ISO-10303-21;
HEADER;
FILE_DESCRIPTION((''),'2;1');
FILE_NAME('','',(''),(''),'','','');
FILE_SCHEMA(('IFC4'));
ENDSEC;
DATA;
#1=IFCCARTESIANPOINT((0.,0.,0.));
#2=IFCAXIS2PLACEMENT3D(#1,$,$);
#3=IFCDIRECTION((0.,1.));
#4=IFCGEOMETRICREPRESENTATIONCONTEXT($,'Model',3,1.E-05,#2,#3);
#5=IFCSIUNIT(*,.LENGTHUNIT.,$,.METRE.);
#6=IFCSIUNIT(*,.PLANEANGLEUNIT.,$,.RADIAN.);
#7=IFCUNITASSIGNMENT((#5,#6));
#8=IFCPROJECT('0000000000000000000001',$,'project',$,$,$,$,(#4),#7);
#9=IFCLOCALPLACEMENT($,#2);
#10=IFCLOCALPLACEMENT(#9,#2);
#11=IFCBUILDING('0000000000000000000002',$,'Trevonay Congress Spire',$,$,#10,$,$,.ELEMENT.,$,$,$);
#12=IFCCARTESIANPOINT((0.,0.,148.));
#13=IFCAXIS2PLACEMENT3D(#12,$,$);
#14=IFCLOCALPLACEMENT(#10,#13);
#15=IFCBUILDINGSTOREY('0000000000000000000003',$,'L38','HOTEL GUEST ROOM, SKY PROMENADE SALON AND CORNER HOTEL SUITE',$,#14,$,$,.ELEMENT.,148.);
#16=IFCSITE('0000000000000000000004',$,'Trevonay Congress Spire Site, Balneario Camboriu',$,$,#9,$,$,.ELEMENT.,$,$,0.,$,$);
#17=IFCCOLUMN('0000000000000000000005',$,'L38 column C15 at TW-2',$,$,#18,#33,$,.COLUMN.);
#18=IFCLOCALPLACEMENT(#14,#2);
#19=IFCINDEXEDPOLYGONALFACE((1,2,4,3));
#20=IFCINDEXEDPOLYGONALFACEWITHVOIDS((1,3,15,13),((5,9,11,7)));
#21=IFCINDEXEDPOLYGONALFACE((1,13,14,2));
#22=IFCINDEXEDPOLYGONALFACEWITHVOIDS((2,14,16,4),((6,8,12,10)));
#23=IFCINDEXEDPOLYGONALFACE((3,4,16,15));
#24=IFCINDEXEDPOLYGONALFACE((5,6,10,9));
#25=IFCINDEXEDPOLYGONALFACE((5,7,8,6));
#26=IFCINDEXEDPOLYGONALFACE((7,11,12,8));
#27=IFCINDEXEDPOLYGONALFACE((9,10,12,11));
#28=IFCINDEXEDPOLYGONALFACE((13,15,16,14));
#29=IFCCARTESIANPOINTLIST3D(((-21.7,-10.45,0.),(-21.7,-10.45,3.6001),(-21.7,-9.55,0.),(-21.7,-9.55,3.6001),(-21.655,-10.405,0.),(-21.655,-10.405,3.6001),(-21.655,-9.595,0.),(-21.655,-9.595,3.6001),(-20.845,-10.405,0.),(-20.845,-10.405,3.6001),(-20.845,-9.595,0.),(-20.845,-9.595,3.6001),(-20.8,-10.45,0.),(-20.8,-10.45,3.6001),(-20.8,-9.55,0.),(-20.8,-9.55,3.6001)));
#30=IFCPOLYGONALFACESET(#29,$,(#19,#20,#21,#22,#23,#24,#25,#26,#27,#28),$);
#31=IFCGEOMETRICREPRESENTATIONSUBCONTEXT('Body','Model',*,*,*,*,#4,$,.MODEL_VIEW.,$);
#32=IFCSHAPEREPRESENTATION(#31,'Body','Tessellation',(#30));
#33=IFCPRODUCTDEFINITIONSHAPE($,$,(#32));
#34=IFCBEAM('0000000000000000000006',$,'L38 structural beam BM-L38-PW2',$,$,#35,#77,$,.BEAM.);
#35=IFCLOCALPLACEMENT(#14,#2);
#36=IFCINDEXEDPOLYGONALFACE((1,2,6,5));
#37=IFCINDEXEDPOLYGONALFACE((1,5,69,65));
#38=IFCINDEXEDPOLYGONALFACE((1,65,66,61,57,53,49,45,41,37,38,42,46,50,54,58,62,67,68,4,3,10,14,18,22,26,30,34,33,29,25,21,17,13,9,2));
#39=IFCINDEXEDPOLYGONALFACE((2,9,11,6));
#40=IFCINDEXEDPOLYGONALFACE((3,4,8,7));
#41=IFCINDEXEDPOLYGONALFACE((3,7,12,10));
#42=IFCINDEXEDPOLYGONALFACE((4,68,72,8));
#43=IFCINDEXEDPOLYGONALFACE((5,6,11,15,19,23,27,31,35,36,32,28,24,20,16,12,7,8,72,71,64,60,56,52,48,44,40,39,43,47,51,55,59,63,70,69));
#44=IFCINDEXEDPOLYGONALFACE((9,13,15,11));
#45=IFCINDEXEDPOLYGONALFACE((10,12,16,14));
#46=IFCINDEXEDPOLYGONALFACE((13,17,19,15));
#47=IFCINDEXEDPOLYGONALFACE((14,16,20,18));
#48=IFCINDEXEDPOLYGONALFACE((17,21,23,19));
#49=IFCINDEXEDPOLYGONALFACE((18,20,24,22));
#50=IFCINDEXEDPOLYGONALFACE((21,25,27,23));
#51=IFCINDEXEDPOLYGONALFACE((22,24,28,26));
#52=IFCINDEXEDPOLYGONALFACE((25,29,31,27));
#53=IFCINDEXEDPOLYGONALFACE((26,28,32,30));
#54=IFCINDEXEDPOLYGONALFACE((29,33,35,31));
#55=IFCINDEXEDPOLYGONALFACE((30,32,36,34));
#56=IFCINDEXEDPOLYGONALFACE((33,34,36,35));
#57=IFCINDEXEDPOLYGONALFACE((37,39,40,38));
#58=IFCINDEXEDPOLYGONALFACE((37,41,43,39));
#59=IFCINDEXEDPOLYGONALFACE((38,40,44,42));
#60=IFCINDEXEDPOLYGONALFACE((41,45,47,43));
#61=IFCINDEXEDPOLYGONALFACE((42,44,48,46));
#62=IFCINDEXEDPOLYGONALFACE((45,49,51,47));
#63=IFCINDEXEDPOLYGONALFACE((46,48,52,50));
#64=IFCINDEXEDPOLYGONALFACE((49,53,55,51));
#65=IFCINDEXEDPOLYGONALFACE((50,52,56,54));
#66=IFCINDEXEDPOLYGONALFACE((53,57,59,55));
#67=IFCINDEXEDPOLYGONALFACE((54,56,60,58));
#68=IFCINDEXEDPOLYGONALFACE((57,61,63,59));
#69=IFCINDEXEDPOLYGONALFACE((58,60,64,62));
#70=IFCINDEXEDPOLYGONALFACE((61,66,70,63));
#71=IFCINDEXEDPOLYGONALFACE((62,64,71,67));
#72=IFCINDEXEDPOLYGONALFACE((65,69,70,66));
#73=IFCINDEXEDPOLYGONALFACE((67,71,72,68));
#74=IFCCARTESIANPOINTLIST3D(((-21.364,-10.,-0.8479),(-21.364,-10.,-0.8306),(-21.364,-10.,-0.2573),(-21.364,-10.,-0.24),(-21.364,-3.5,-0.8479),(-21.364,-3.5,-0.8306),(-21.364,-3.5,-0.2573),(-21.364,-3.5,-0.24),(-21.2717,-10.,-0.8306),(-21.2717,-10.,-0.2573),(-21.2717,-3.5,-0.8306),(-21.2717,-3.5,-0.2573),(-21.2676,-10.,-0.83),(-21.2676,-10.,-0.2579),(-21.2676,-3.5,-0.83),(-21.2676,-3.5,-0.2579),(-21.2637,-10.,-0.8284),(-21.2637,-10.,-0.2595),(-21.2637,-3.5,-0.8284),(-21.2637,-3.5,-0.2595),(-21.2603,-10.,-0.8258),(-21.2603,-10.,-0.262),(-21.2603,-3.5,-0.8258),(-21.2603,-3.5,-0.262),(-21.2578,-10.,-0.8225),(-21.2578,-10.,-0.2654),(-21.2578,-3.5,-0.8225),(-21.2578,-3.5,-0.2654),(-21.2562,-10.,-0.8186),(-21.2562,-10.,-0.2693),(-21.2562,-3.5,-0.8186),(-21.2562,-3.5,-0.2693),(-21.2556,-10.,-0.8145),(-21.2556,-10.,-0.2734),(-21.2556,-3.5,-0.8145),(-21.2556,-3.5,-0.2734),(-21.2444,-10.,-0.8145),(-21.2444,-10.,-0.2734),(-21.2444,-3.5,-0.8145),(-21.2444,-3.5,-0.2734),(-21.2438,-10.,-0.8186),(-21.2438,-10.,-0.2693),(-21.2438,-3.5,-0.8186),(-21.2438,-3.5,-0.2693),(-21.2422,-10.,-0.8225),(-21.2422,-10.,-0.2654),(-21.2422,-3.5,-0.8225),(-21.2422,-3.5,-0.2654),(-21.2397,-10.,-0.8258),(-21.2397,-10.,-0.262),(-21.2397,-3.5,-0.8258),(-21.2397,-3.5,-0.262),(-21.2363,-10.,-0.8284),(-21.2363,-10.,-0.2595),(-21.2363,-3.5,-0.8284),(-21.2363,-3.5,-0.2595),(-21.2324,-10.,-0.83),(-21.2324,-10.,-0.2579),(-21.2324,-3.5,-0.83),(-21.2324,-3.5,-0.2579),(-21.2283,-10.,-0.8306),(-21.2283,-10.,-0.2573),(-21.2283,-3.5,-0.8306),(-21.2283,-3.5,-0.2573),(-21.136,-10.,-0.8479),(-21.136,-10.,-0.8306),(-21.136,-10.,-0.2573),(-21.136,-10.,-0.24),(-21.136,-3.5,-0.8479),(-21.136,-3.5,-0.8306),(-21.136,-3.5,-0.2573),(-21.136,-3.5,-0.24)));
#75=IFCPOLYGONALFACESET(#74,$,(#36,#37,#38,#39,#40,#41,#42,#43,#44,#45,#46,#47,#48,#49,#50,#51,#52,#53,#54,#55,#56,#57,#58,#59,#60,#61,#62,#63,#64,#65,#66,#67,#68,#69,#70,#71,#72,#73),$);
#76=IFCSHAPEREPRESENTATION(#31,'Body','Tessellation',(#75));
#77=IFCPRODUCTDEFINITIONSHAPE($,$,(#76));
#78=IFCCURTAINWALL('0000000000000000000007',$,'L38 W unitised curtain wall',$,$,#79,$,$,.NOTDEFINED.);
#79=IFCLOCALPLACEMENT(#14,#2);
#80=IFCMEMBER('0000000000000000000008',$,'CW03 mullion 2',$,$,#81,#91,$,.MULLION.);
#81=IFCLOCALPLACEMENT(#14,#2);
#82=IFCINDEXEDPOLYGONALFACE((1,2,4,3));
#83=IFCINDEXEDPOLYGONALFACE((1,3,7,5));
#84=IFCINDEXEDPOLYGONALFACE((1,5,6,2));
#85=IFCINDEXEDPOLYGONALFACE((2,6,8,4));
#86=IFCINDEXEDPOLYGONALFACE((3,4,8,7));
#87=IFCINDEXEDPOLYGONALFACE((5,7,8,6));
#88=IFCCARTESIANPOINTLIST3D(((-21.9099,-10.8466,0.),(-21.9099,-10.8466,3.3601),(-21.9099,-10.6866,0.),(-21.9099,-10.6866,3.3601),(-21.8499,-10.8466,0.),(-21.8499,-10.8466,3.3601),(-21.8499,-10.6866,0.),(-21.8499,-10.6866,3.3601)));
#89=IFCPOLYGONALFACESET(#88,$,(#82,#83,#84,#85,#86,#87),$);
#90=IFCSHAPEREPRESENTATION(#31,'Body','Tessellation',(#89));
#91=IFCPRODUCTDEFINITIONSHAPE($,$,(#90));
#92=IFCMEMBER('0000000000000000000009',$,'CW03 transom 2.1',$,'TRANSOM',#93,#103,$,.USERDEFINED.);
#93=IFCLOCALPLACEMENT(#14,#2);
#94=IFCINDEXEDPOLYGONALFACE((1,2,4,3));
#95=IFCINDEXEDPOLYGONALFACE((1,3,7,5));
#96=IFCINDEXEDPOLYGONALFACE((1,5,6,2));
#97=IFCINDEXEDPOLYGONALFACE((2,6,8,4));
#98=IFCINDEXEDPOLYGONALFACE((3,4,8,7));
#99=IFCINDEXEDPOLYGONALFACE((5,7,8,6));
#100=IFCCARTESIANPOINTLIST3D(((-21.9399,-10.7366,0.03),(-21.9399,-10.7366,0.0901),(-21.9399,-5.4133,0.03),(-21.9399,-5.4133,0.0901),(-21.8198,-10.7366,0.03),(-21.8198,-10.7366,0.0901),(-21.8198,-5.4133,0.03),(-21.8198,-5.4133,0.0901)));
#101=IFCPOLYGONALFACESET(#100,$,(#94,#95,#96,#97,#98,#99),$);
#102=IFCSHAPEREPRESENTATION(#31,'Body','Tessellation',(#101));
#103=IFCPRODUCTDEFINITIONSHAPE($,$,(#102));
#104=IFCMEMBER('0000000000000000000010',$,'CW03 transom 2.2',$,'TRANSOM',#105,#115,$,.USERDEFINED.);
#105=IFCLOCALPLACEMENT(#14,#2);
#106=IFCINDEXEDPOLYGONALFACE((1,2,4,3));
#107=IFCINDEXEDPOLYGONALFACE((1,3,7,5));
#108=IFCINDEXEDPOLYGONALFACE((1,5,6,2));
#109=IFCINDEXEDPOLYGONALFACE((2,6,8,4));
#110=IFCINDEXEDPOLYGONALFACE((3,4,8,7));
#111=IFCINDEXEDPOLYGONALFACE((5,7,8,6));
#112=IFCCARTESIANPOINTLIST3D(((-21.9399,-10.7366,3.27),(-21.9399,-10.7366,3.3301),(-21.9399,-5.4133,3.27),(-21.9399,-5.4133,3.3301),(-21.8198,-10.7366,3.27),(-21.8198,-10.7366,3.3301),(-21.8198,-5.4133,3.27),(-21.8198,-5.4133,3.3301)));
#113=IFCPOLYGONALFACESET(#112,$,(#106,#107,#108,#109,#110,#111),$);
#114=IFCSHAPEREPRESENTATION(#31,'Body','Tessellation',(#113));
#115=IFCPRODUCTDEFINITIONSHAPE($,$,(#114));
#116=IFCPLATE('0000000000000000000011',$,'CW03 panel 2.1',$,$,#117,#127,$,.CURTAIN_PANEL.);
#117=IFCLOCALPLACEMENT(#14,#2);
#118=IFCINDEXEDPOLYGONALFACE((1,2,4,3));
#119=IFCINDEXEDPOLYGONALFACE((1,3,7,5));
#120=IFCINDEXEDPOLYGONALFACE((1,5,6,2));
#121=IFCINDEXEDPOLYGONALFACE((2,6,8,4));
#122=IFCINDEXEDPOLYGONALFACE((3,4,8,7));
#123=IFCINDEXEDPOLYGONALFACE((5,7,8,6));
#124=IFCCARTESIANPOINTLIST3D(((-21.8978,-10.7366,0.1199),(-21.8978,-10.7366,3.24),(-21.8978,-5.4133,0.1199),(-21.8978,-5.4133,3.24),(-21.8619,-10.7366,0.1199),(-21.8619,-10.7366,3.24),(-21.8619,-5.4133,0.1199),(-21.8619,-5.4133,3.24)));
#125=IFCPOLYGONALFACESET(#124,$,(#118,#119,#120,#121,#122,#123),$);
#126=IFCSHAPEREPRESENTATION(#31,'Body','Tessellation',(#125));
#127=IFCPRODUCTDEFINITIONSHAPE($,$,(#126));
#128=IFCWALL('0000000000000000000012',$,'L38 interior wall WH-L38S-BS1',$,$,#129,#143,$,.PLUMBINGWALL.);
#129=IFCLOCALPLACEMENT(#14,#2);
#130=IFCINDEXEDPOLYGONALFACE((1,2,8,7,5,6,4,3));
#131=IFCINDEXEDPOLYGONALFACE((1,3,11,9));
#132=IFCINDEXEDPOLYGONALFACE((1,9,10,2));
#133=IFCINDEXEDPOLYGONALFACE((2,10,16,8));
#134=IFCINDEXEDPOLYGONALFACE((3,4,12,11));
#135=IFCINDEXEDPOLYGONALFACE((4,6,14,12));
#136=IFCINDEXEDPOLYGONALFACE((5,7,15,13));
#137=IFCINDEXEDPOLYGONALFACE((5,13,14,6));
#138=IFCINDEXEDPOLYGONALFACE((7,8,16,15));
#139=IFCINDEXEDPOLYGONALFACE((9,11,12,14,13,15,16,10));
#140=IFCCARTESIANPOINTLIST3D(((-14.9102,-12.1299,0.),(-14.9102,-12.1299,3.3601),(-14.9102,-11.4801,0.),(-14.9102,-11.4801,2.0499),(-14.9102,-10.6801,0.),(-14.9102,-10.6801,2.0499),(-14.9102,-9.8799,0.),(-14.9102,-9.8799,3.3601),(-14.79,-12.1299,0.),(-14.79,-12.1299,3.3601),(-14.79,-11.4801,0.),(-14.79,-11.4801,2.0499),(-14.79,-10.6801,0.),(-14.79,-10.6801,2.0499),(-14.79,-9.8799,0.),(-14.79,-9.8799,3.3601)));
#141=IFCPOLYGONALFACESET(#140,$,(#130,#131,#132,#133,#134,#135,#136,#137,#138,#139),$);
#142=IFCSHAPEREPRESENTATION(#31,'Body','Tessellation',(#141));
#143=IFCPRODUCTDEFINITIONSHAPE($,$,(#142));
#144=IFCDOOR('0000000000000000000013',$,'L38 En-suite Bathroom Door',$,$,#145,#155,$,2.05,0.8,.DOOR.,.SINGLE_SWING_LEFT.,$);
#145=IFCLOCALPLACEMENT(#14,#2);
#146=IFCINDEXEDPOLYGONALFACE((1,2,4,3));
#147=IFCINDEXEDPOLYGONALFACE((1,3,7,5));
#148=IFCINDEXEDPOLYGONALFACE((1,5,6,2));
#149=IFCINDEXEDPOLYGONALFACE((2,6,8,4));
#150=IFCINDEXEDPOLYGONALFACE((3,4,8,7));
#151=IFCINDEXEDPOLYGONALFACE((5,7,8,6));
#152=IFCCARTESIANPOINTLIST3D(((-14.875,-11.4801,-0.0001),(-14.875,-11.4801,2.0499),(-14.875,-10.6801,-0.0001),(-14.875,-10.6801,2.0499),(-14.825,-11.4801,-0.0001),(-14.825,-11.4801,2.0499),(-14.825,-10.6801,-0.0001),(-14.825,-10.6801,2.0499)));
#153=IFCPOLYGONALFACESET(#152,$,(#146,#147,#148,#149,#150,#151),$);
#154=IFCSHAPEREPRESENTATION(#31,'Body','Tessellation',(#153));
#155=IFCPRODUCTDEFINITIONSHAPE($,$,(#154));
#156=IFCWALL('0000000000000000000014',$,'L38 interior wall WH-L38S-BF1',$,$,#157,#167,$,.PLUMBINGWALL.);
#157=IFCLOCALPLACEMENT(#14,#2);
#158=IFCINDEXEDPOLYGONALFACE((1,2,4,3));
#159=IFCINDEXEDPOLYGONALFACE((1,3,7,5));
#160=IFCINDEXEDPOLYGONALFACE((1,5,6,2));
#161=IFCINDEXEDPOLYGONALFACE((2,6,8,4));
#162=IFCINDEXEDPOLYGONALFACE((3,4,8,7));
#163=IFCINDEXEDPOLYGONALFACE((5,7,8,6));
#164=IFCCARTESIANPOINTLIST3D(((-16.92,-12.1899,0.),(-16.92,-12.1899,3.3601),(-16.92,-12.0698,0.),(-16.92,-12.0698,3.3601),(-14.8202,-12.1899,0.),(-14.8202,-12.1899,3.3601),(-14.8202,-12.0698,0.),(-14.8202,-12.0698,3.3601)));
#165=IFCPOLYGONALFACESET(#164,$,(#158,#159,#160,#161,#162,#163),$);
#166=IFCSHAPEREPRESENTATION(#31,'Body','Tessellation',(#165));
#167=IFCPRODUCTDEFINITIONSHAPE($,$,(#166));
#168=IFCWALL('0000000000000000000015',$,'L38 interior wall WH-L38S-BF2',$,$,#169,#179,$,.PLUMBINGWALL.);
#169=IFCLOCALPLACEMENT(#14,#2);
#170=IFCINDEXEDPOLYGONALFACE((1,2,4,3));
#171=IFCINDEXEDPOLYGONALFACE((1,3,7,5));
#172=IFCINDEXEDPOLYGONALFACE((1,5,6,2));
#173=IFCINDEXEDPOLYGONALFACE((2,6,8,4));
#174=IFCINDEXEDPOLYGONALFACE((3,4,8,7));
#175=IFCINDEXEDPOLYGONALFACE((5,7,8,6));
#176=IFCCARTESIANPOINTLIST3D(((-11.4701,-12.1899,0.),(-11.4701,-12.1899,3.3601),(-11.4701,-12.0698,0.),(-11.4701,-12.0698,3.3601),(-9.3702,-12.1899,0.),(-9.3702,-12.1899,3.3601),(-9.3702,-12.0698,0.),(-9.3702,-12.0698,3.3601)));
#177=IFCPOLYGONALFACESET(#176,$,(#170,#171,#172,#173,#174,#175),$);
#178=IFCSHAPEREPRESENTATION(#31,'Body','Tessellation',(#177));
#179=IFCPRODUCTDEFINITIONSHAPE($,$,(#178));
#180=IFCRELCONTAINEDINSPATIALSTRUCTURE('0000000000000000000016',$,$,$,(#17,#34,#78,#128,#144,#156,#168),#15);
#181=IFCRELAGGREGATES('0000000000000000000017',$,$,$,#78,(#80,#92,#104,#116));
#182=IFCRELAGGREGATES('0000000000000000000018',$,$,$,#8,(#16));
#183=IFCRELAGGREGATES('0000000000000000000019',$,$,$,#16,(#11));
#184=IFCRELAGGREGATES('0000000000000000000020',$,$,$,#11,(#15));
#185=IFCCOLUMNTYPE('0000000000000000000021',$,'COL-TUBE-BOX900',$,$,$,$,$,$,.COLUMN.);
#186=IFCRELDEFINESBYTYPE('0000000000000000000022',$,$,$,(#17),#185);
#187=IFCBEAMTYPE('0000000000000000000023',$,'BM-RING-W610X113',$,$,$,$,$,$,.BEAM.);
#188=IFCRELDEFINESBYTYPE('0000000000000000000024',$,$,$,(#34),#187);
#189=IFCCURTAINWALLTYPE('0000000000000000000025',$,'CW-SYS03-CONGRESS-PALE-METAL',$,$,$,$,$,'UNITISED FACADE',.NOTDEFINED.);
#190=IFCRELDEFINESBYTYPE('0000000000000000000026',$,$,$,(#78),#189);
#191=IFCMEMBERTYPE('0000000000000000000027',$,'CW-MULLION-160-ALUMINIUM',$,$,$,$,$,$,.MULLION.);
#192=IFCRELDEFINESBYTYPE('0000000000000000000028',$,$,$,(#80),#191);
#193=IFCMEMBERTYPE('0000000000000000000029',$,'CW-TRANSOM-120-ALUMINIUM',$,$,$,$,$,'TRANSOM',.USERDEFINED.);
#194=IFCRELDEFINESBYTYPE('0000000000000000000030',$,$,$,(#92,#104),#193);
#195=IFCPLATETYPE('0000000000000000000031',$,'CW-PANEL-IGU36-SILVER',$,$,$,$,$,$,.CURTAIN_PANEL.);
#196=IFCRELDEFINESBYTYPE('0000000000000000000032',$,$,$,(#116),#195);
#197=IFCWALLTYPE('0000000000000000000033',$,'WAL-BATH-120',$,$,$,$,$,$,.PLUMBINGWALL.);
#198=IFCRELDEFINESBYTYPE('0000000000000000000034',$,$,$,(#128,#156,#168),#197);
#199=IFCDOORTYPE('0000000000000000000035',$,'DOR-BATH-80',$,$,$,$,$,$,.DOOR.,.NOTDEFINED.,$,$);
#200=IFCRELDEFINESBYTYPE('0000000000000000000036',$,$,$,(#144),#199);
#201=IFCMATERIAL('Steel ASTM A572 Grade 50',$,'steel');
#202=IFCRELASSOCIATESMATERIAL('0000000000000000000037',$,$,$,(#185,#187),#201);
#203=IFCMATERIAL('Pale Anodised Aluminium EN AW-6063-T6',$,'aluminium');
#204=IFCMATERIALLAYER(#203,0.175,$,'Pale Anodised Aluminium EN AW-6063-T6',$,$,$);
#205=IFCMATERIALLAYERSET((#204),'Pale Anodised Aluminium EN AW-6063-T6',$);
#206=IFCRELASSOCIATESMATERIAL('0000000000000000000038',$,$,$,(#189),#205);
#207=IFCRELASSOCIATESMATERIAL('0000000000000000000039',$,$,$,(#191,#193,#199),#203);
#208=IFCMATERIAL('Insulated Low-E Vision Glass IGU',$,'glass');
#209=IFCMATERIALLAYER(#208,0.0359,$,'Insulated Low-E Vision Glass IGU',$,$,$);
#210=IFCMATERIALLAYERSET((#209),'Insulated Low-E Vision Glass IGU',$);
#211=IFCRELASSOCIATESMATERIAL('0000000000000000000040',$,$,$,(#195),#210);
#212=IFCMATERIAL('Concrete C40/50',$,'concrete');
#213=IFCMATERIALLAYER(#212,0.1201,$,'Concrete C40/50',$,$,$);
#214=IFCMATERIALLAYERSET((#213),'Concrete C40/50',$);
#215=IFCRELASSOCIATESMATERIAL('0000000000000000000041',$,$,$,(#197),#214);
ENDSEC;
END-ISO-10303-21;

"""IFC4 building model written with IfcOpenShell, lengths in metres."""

from ifc_helpers import new_model, si_unit, direction, frame, frame_2d, origin, origin_2d, place, context, subcontext, project, spatial, rectangle, hollow_rectangle, i_section, extrude, material, layer, layer_set, material_profile, profile_set, type_object, element, fill, aggregate, save


model = new_model("IFC4")

# Units and contexts
model_context = context("Model", 3, precision=1e-05, world=origin(), true_north=direction((0.0, 1.0)))
body_context = subcontext(model_context, "Body", "Model", "MODEL_VIEW")
ifc_project = project(units=[si_unit("LENGTHUNIT", "METRE"), si_unit("PLANEANGLEUNIT", "RADIAN")], contexts=[model_context])

# Site, building, storey
site_placement = place(None, origin())
site = spatial("IfcSite", under=ifc_project, at=site_placement, Name="Trevonay Congress Spire Site, Balneario Camboriu", CompositionType="ELEMENT", RefElevation=0.0)
building_placement = place(site_placement, origin())
building = spatial("IfcBuilding", under=site, at=building_placement, Name="Trevonay Congress Spire", CompositionType="ELEMENT")
storey_placement = place(building_placement, frame((0.0, 0.0, 148.0)))
storey = spatial("IfcBuildingStorey", under=building, at=storey_placement, Name="L38", Description="HOTEL GUEST ROOM, SKY PROMENADE SALON AND CORNER HOTEL SUITE", CompositionType="ELEMENT", Elevation=148.0)

# Column
ifc_material_1 = material(Name="Steel ASTM A572 Grade 50", Category="steel")
ifc_material_profile_1 = material_profile(ifc_material_1, hollow_rectangle(XDim=0.8999, YDim=0.8999, WallThickness=0.0449, at=origin_2d()), Name="BOX 900x900x45")
ifc_profile_set_1 = profile_set([ifc_material_profile_1], Name="Steel ASTM A572 Grade 50")
column_type = type_object("IfcColumnType", Name="COL-TUBE-BOX900", PredefinedType="COLUMN", material=ifc_profile_set_1)
column_placement = place(storey_placement, frame((-21.25, -10.0, 0.0), z_axis=(0.0, 0.0, 1.0), x_axis=(1.0, 0.0, 0.0)))
element("IfcColumn", 1, at=column_placement, inside=storey, type_object=column_type, Name="L38 column C15 at TW-2", PredefinedType="COLUMN", context=body_context, shape_type="SweptSolid", body=[
    extrude(hollow_rectangle(XDim=0.8999, YDim=0.8999, WallThickness=0.0449, at=origin_2d()), origin(), (0.0, 0.0, 1.0), 3.6001),
])

# Beam
ifc_material_profile_2 = material_profile(ifc_material_1, i_section(OverallWidth=0.228, OverallDepth=0.6079, WebThickness=0.0112, FlangeThickness=0.0173, FilletRadius=0.0161, at=origin_2d()), Name="W610x113")
ifc_profile_set_2 = profile_set([ifc_material_profile_2], Name="Steel ASTM A572 Grade 50")
beam_type = type_object("IfcBeamType", Name="BM-RING-W610X113", PredefinedType="BEAM", material=ifc_profile_set_2)
beam_placement = place(storey_placement, frame((-21.25, -10.0, -0.5439), z_axis=(0.0, 1.0, 0.0), x_axis=(-1.0, 0.0, 0.0)))
element("IfcBeam", 2, at=beam_placement, inside=storey, type_object=beam_type, Name="L38 structural beam BM-L38-PW2", PredefinedType="BEAM", context=body_context, shape_type="SweptSolid", body=[
    extrude(i_section(OverallWidth=0.228, OverallDepth=0.6079, WebThickness=0.0112, FlangeThickness=0.0173, FilletRadius=0.0161, at=origin_2d()), origin(), (0.0, 0.0, 1.0), 6.5),
])

# Curtain wall, members, plate
ifc_material_2 = material(Name="Pale Anodised Aluminium EN AW-6063-T6", Category="aluminium")
ifc_layer_1 = layer(ifc_material_2, 0.175, Name="Pale Anodised Aluminium EN AW-6063-T6")
ifc_layer_set_1 = layer_set([ifc_layer_1], Name="Pale Anodised Aluminium EN AW-6063-T6")
curtain_wall_type = type_object("IfcCurtainWallType", Name="CW-SYS03-CONGRESS-PALE-METAL", ElementType="UNITISED FACADE", PredefinedType="NOTDEFINED", material=ifc_layer_set_1)
curtain_wall_placement = place(storey_placement, origin())
curtain_wall = element("IfcCurtainWall", 3, at=curtain_wall_placement, inside=storey, type_object=curtain_wall_type, Name="L38 W unitised curtain wall", PredefinedType="NOTDEFINED")
ifc_material_profile_3 = material_profile(ifc_material_2, rectangle(XDim=0.0601, YDim=0.1599, at=origin_2d()), Name="CW-MULLION-160-ALUMINIUM")
ifc_profile_set_3 = profile_set([ifc_material_profile_3], Name="Pale Anodised Aluminium EN AW-6063-T6")
member_type_1 = type_object("IfcMemberType", Name="CW-MULLION-160-ALUMINIUM", PredefinedType="MULLION", material=ifc_profile_set_3)
member_1_placement = place(storey_placement, frame((-21.8799, -10.7666, 0.0), z_axis=(0.0, 0.0, 1.0), x_axis=(-1.0, 0.0, 0.0)))
member_1 = element("IfcMember", 4, at=member_1_placement, type_object=member_type_1, Name="CW03 mullion 2", PredefinedType="MULLION", context=body_context, shape_type="SweptSolid", body=[
    extrude(rectangle(XDim=0.0601, YDim=0.1599, at=origin_2d()), origin(), (0.0, 0.0, 1.0), 3.3601),
])
ifc_material_profile_4 = material_profile(ifc_material_2, rectangle(XDim=0.1201, YDim=0.0601, at=origin_2d()), Name="CW-TRANSOM-120-ALUMINIUM")
ifc_profile_set_4 = profile_set([ifc_material_profile_4], Name="Pale Anodised Aluminium EN AW-6063-T6")
member_type_2 = type_object("IfcMemberType", Name="CW-TRANSOM-120-ALUMINIUM", ElementType="TRANSOM", PredefinedType="USERDEFINED", material=ifc_profile_set_4)
member_2_placement = place(storey_placement, frame((-21.8799, -10.7366, 0.0601), z_axis=(0.0, 1.0, 0.0), x_axis=(-1.0, 0.0, 0.0)))
member_2 = element("IfcMember", 5, at=member_2_placement, type_object=member_type_2, Name="CW03 transom 2.1", ObjectType="TRANSOM", PredefinedType="USERDEFINED", context=body_context, shape_type="SweptSolid", body=[
    extrude(rectangle(XDim=0.1201, YDim=0.0601, at=origin_2d()), origin(), (0.0, 0.0, 1.0), 5.3232),
])
member_3_placement = place(storey_placement, frame((-21.8799, -10.7366, 3.3), z_axis=(0.0, 1.0, 0.0), x_axis=(-1.0, 0.0, 0.0)))
member_3 = element("IfcMember", 6, at=member_3_placement, type_object=member_type_2, Name="CW03 transom 2.2", ObjectType="TRANSOM", PredefinedType="USERDEFINED", context=body_context, shape_type="SweptSolid", body=[
    extrude(rectangle(XDim=0.1201, YDim=0.0601, at=origin_2d()), origin(), (0.0, 0.0, 1.0), 5.3232),
])
ifc_material_3 = material(Name="Insulated Low-E Vision Glass IGU", Category="glass")
ifc_layer_2 = layer(ifc_material_3, 0.0359, Name="Insulated Low-E Vision Glass IGU")
ifc_layer_set_2 = layer_set([ifc_layer_2], Name="Insulated Low-E Vision Glass IGU")
plate_type = type_object("IfcPlateType", Name="CW-PANEL-IGU36-SILVER", PredefinedType="CURTAIN_PANEL", material=ifc_layer_set_2)
plate_placement = place(storey_placement, frame((-21.8799, -8.075, 0.1199), z_axis=(0.0, 0.0, 1.0), x_axis=(0.0, 1.0, 0.0)))
plate = element("IfcPlate", 7, at=plate_placement, type_object=plate_type, Name="CW03 panel 2.1", PredefinedType="CURTAIN_PANEL", context=body_context, shape_type="SweptSolid", body=[
    extrude(rectangle(XDim=5.3232, YDim=0.0359, at=origin_2d()), origin(), (0.0, 0.0, 1.0), 3.1201),
])
aggregate(curtain_wall, [member_1, member_2, member_3, plate])

# Wall, opening, door
ifc_material_4 = material(Name="Concrete C40/50", Category="concrete")
ifc_layer_3 = layer(ifc_material_4, 0.1201, Name="Concrete C40/50")
ifc_layer_set_3 = layer_set([ifc_layer_3], Name="Concrete C40/50")
wall_type_1 = type_object("IfcWallType", Name="WAL-BATH-120", PredefinedType="PLUMBINGWALL", material=ifc_layer_set_3)
wall_1_placement = place(storey_placement, frame((-14.8501, -12.1299, 0.0), z_axis=(0.0, 0.0, 1.0), x_axis=(0.0, 1.0, 0.0)))
wall_1 = element("IfcWall", 8, at=wall_1_placement, inside=storey, type_object=wall_type_1, Name="L38 interior wall WH-L38S-BS1", PredefinedType="PLUMBINGWALL", context=body_context, shape_type="SweptSolid", body=[
    extrude(rectangle(XDim=2.25, YDim=0.1201, at=frame_2d((1.125, 0.0))), origin(), (0.0, 0.0, 1.0), 3.3601),
])
opening_1_placement = place(wall_1_placement, frame((0.6499, 0.0, 0.0)))
opening_1 = element("IfcOpeningElement", 9, at=opening_1_placement, cuts=wall_1, PredefinedType="OPENING", context=body_context, shape_type="SweptSolid", body=[
    extrude(rectangle(XDim=0.8, YDim=2.05, at=frame_2d((0.3999, 1.0249))), frame((0.0, 0.0701, 0.0), z_axis=(0.0, -1.0, 0.0), x_axis=(1.0, 0.0, 0.0)), (0.0, 0.0, 1.0), 0.1401),
])
door_type_1 = type_object("IfcDoorType", Name="DOR-BATH-80", OperationType="NOTDEFINED", PredefinedType="DOOR", material=ifc_material_2)
door_1_placement = place(opening_1_placement, origin())
door_1 = element("IfcDoor", 10, at=door_1_placement, inside=storey, type_object=door_type_1, Name="L38 En-suite Bathroom Door", OperationType="SINGLE_SWING_LEFT", OverallHeight=2.05, OverallWidth=0.8, PredefinedType="DOOR", context=body_context, shape_type="SweptSolid", body=[
    extrude(rectangle(XDim=0.8, YDim=2.05, at=frame_2d((0.3999, 1.0249))), frame((0.0, 0.0249, 0.0), z_axis=(0.0, -1.0, 0.0), x_axis=(1.0, 0.0, 0.0)), (0.0, 0.0, 1.0), 0.05),
])
fill(opening_1, door_1)

# Walls
for number, where, z_axis, x_axis, name in (
    (11, (-16.9199, -12.1299, 0.0), (0.0, 0.0, 1.0), (1.0, 0.0, 0.0), "L38 interior wall WH-L38S-BF1"),
    (12, (-11.47, -12.1299, 0.0), (0.0, 0.0, 1.0), (1.0, 0.0, 0.0), "L38 interior wall WH-L38S-BF2"),
):
    element("IfcWall", number, at=place(storey_placement, frame(where, z_axis=z_axis, x_axis=x_axis)), inside=storey, type_object=wall_type_1, Name=name, PredefinedType="PLUMBINGWALL", context=body_context, shape_type="SweptSolid", body=[
        extrude(rectangle(XDim=2.0999, YDim=0.1201, at=frame_2d((1.0498, 0.0))), origin(), (0.0, 0.0, 1.0), 3.3601),
    ])

save(model, "model.ifc")
